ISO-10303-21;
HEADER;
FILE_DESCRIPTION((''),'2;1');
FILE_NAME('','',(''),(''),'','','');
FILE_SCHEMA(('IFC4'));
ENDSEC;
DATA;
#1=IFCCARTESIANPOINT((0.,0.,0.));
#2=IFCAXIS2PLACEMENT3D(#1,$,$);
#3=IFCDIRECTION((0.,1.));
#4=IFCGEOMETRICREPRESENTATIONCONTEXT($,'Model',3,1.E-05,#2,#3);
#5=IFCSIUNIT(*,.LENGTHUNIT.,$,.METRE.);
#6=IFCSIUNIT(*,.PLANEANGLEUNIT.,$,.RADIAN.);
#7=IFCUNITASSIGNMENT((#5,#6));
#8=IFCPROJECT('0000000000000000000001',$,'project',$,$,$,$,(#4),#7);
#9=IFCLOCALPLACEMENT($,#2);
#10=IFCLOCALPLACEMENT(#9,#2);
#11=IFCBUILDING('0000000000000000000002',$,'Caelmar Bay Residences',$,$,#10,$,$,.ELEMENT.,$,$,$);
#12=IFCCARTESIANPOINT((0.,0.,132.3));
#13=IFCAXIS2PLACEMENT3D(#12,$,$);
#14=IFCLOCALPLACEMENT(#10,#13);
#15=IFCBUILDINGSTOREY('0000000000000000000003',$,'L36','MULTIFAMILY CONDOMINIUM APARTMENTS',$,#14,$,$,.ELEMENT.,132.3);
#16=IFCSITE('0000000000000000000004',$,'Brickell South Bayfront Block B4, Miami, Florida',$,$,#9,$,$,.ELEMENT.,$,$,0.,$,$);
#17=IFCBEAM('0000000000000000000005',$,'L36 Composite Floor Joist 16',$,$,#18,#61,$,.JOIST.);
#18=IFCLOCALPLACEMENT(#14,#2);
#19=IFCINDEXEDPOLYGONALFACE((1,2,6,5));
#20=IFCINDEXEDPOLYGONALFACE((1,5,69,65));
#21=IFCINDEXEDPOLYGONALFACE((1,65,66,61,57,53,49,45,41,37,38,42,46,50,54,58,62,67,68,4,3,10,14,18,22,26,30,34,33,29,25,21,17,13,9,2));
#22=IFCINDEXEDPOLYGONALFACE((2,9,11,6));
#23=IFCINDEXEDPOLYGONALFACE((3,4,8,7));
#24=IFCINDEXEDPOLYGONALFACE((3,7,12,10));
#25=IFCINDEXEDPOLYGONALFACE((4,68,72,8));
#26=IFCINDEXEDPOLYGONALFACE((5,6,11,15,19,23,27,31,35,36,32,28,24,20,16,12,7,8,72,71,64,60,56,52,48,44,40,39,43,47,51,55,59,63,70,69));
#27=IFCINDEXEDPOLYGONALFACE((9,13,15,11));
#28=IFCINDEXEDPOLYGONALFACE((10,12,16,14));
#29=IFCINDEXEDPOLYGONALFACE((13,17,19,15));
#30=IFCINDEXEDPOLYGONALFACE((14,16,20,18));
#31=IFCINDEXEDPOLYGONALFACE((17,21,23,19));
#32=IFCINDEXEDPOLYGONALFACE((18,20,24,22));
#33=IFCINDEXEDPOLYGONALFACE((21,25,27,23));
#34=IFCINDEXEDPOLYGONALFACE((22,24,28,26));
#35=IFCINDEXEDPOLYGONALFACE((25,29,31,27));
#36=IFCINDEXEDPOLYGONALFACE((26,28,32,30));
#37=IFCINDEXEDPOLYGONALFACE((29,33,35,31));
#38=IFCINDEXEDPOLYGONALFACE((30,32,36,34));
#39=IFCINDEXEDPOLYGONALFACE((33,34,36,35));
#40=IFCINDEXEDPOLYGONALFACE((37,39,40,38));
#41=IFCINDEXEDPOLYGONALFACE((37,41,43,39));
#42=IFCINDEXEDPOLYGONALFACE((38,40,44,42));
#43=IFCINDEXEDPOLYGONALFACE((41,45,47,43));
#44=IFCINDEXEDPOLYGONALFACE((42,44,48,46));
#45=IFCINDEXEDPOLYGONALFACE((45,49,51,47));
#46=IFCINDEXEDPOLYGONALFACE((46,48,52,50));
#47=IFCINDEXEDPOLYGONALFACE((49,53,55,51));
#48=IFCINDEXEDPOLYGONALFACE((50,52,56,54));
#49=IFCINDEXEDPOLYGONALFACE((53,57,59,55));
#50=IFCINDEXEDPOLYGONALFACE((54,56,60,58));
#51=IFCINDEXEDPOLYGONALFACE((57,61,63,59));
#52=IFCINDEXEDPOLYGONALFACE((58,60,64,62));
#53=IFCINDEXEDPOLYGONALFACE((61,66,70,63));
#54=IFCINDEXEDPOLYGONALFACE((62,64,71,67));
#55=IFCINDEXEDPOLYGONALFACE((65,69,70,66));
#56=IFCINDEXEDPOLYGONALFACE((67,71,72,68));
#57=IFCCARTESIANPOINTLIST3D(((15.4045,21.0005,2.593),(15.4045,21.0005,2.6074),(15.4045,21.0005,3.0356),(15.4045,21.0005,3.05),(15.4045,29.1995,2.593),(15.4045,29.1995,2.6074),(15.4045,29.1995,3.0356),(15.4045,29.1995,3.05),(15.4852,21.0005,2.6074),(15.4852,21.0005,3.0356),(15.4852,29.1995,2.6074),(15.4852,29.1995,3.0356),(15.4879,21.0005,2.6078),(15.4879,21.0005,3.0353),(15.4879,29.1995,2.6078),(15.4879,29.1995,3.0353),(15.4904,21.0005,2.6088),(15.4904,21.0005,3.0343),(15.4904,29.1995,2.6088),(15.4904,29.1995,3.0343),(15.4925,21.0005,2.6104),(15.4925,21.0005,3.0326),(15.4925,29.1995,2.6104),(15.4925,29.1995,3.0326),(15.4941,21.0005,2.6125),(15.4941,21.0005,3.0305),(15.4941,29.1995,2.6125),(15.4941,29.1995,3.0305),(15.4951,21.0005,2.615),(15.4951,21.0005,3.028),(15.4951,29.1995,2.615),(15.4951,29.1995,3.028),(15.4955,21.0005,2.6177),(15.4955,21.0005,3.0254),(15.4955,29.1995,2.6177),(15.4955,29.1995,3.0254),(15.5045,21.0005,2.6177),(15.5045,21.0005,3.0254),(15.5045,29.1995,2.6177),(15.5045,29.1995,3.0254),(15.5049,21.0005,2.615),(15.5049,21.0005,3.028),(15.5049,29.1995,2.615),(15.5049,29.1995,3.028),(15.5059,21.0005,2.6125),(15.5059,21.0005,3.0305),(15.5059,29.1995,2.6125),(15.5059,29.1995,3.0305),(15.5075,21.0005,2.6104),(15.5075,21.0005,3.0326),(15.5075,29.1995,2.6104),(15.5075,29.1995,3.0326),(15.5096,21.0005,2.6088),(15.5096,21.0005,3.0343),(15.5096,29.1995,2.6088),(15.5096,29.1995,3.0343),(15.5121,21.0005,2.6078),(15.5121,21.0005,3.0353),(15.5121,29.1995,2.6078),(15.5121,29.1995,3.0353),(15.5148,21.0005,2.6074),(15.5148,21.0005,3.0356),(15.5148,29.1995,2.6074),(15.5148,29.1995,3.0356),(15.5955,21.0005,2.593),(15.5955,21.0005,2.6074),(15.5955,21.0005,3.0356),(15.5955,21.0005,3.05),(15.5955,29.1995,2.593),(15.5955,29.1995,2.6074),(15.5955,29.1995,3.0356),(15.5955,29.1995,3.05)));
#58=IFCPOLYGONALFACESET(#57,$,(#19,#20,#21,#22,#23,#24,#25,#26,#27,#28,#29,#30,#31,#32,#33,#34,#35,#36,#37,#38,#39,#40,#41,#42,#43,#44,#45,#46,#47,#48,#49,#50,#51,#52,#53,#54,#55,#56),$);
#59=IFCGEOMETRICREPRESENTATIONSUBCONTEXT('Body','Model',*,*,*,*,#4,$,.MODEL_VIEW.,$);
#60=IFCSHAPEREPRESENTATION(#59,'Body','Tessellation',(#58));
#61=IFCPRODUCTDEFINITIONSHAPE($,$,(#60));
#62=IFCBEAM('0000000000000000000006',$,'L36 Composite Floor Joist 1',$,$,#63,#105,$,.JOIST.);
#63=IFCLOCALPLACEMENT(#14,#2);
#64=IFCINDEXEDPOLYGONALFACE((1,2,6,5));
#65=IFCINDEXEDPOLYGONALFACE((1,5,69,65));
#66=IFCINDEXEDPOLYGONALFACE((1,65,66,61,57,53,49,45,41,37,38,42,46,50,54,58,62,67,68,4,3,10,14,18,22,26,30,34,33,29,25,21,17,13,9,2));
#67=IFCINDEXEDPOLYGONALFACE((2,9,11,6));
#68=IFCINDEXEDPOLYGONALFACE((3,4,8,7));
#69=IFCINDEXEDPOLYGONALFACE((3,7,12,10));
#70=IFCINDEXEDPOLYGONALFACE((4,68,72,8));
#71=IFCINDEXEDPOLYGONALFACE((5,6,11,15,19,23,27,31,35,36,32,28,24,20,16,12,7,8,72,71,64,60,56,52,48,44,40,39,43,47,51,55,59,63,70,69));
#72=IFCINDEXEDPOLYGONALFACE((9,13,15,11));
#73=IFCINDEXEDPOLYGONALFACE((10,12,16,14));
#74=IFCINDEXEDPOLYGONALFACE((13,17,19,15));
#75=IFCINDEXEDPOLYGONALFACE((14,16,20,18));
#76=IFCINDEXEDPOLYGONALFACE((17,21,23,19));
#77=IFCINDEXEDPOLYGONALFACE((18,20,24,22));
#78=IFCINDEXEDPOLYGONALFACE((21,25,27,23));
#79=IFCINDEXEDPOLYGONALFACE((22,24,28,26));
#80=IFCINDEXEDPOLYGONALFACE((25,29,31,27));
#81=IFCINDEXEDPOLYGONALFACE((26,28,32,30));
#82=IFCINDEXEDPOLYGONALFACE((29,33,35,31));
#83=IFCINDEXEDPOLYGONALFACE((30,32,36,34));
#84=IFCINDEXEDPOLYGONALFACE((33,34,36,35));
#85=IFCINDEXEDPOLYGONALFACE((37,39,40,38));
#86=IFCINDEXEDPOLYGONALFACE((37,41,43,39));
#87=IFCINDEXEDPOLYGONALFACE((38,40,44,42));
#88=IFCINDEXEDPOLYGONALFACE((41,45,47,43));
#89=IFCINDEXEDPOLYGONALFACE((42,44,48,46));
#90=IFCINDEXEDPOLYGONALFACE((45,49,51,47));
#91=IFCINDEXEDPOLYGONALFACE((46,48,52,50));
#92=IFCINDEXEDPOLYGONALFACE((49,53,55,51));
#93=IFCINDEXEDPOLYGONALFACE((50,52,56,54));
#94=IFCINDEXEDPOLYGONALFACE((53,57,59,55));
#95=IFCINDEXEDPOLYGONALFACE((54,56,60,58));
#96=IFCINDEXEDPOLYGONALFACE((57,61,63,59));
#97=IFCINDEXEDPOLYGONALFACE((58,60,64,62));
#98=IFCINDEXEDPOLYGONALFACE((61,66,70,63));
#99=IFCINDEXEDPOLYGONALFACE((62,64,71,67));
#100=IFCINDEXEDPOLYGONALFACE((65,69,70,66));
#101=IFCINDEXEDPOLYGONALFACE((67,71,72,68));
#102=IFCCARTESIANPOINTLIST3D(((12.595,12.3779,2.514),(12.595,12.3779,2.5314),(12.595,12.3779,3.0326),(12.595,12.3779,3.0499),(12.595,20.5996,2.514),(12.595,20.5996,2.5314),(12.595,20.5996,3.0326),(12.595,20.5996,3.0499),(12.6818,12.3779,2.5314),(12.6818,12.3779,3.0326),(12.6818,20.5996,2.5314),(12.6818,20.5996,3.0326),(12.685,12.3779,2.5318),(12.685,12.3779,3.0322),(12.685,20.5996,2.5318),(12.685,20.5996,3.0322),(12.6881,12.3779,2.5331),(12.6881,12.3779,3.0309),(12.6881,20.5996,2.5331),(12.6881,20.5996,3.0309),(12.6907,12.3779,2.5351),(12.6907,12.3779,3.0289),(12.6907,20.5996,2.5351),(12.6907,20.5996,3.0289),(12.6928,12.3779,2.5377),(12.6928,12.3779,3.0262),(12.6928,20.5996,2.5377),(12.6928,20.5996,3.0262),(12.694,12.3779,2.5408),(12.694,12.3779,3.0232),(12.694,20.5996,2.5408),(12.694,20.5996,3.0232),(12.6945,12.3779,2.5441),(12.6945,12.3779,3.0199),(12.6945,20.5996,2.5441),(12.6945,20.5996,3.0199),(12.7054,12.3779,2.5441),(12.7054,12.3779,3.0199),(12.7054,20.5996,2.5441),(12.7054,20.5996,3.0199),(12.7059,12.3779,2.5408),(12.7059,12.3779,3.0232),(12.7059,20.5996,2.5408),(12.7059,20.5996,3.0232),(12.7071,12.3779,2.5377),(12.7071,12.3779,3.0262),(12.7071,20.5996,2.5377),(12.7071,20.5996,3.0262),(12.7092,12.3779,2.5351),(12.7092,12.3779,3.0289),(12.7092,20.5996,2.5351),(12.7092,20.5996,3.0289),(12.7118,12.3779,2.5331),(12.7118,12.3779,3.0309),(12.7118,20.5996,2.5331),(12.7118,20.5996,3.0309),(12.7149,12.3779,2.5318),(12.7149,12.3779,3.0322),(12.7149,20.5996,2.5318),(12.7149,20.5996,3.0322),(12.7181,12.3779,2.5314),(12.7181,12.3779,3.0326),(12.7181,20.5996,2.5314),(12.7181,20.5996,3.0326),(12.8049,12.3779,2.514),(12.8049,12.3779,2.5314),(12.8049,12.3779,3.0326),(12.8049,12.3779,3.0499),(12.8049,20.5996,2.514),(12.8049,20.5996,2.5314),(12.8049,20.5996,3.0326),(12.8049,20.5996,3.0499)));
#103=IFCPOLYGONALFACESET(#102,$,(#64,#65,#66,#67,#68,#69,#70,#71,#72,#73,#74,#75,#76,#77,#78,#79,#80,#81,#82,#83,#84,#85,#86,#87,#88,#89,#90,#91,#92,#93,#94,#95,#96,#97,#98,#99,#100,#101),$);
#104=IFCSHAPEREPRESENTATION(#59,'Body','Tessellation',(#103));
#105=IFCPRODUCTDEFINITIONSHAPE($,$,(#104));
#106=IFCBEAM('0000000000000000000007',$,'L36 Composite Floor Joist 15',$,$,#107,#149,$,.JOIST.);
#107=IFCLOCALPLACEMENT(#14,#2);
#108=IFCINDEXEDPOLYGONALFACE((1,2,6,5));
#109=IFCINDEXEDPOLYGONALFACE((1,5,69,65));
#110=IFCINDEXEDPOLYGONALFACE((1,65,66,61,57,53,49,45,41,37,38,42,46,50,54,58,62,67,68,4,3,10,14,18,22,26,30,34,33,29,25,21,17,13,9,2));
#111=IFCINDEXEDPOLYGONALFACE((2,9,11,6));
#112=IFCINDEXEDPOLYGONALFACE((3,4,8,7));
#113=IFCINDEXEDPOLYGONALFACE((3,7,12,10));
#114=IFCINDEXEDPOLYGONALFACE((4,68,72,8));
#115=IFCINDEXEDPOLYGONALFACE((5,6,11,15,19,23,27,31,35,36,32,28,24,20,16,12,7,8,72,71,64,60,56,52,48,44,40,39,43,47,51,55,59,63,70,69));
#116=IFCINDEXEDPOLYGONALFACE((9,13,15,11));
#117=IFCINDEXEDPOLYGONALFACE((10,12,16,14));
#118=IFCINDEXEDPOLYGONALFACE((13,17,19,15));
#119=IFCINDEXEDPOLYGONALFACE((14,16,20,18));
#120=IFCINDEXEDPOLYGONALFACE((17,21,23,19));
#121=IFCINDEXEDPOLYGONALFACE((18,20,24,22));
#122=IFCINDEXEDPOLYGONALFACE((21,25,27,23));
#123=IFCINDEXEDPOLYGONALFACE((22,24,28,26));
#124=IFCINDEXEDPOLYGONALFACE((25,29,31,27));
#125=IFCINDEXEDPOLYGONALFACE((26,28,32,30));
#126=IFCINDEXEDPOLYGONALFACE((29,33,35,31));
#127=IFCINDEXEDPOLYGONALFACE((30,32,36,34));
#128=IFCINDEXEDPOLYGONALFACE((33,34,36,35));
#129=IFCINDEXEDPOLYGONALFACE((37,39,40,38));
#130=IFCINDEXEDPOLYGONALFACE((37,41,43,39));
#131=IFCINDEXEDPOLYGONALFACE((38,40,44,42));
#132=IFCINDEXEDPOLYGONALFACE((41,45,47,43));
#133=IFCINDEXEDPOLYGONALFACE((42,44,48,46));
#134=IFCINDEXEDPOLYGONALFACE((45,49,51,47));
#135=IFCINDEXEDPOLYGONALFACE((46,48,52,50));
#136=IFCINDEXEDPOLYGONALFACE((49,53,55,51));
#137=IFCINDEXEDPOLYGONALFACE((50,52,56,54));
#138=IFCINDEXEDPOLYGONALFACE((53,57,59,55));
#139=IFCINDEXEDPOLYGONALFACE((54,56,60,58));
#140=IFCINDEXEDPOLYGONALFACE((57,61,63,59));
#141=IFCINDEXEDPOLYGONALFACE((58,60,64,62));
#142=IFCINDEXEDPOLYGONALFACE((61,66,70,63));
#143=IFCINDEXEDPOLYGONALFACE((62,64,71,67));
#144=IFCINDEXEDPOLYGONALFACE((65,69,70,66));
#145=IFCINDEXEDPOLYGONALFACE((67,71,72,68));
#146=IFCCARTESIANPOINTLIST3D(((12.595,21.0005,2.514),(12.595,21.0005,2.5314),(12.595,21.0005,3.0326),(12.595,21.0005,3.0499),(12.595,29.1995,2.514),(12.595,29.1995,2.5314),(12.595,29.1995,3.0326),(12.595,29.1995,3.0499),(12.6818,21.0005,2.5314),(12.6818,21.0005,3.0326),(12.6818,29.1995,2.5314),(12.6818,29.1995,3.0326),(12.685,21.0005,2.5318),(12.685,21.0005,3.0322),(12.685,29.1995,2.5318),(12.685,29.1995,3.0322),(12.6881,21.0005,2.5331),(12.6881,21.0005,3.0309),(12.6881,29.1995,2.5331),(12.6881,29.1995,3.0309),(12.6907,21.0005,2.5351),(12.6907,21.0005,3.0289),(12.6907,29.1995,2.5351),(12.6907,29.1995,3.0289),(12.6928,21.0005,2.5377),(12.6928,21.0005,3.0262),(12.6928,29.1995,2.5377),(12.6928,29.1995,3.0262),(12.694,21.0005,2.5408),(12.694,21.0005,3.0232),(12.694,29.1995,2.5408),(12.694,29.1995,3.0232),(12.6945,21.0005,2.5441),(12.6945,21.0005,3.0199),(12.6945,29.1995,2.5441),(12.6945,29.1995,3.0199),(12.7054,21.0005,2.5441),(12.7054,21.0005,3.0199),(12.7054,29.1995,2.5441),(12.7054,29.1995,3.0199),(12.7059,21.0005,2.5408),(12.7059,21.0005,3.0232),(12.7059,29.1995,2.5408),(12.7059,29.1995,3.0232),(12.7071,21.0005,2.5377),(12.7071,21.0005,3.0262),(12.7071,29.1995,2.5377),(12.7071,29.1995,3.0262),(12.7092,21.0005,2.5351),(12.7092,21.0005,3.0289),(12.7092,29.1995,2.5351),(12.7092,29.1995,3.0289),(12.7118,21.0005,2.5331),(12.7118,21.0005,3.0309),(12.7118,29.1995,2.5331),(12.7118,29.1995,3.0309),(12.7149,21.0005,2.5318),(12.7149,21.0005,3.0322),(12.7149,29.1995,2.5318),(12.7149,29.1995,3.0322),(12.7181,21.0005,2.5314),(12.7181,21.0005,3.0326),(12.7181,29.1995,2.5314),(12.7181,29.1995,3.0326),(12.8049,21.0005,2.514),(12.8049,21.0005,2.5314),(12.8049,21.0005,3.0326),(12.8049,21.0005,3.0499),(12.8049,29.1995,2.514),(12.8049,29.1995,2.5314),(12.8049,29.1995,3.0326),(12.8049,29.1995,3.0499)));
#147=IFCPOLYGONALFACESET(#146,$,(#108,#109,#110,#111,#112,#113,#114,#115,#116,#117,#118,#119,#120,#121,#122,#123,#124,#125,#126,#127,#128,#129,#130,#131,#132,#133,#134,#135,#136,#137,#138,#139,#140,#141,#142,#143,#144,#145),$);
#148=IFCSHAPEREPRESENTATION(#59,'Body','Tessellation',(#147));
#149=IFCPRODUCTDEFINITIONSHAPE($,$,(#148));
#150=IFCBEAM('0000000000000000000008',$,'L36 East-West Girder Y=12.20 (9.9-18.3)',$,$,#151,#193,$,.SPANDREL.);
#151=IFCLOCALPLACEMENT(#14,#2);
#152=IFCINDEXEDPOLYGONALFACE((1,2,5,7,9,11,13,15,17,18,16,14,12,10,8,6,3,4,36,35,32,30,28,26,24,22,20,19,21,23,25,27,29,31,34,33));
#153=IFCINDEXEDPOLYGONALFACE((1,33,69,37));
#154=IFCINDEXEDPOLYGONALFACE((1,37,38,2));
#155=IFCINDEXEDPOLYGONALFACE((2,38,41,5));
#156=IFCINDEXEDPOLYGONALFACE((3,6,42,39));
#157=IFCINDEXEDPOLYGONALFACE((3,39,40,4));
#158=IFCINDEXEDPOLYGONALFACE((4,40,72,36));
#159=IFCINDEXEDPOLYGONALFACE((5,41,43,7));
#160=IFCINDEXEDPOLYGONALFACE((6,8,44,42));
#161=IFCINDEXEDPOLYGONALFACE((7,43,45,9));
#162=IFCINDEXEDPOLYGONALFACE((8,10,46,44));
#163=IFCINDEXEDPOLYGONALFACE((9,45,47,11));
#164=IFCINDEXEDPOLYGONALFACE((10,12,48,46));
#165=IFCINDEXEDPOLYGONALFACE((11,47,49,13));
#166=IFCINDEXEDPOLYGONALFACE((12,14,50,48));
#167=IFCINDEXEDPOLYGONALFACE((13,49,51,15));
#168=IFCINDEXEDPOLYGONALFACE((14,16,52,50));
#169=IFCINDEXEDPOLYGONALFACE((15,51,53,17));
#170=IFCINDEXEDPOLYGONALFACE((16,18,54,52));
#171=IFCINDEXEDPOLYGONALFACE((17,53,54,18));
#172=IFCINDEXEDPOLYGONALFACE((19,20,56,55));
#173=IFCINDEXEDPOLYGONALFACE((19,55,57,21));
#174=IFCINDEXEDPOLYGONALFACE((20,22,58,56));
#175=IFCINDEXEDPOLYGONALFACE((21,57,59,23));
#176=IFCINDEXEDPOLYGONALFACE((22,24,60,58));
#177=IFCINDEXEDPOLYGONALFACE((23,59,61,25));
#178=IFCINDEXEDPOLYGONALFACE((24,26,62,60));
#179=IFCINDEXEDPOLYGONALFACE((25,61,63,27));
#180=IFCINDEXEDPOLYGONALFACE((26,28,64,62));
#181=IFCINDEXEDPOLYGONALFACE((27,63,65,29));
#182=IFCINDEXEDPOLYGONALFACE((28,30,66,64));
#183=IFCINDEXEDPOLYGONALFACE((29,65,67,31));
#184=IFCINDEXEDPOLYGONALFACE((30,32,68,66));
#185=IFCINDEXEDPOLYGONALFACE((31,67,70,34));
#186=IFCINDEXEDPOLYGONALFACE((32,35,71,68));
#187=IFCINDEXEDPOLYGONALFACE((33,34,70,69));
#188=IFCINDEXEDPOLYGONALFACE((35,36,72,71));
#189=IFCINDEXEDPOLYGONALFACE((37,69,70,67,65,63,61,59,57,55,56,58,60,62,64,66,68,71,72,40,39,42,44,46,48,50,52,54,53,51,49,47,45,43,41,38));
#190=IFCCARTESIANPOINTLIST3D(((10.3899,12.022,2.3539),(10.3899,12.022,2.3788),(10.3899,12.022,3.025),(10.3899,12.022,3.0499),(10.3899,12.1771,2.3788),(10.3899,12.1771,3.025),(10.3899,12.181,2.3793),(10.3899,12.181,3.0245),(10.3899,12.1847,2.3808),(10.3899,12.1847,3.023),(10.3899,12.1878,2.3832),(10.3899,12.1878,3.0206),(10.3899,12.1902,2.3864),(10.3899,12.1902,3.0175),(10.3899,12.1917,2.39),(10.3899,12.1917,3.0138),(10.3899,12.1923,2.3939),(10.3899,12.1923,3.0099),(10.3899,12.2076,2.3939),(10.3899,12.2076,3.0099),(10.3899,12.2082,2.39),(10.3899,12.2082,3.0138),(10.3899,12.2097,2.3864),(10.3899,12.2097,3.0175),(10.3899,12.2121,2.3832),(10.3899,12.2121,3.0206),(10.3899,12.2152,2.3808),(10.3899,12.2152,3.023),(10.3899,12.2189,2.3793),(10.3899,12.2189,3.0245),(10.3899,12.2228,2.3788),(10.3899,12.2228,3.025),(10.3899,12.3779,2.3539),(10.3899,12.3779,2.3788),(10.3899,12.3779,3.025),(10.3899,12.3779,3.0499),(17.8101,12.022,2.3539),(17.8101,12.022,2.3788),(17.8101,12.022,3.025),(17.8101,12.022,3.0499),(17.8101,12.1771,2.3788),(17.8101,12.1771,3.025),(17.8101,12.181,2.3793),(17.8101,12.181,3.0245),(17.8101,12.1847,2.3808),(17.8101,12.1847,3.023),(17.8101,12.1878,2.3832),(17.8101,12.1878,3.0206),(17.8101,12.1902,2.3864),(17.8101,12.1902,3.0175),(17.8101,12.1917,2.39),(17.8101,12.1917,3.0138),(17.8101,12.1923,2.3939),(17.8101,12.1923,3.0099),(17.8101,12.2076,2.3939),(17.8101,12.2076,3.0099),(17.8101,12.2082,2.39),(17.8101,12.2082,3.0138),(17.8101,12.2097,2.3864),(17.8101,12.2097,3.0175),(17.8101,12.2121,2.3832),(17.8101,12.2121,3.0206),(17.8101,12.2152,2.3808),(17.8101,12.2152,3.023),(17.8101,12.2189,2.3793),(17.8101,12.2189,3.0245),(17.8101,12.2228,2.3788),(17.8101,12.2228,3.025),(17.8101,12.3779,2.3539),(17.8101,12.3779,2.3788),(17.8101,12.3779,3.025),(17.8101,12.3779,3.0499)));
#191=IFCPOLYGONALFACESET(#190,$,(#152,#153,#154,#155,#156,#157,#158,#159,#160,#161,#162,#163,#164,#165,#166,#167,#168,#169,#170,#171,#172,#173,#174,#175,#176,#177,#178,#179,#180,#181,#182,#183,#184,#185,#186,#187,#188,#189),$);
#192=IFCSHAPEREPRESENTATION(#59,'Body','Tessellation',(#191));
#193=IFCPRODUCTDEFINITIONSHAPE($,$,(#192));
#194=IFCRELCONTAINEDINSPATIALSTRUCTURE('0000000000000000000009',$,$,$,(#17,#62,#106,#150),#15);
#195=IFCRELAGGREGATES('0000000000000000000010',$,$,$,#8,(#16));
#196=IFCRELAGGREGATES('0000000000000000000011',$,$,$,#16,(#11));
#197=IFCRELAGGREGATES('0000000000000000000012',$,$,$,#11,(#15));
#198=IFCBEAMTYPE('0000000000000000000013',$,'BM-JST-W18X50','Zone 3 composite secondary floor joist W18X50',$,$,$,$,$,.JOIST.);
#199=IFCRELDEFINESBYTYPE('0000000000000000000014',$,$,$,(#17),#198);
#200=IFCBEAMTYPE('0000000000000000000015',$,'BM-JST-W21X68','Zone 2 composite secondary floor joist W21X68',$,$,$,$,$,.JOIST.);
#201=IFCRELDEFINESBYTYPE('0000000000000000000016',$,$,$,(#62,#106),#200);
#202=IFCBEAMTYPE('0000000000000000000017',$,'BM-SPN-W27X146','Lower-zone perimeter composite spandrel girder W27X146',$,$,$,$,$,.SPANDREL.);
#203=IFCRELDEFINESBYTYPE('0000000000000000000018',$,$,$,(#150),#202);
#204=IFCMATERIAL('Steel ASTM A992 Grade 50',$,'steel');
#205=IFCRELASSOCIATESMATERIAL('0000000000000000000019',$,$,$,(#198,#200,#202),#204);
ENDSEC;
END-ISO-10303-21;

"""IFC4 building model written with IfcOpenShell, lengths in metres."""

from ifc_helpers import new_model, si_unit, direction, frame, origin, origin_2d, place, context, subcontext, project, spatial, i_section, extrude, material, material_profile, profile_set, type_object, element, save


model = new_model("IFC4")

# Units and contexts
model_context = context("Model", 3, precision=1e-05, world=origin(), true_north=direction((0.0, 1.0)))
body_context = subcontext(model_context, "Body", "Model", "MODEL_VIEW")
ifc_project = project(units=[si_unit("LENGTHUNIT", "METRE"), si_unit("PLANEANGLEUNIT", "RADIAN")], contexts=[model_context])

# Site, building, storey
site_placement = place(None, origin())
site = spatial("IfcSite", under=ifc_project, at=site_placement, Name="Brickell South Bayfront Block B4, Miami, Florida", CompositionType="ELEMENT", RefElevation=0.0)
building_placement = place(site_placement, origin())
building = spatial("IfcBuilding", under=site, at=building_placement, Name="Caelmar Bay Residences", CompositionType="ELEMENT")
storey_placement = place(building_placement, frame((0.0, 0.0, 132.3)))
storey = spatial("IfcBuildingStorey", under=building, at=storey_placement, Name="L36", Description="MULTIFAMILY CONDOMINIUM APARTMENTS", CompositionType="ELEMENT", Elevation=132.3)

# Beams
ifc_material_1 = material(Name="Steel ASTM A992 Grade 50", Category="steel")
ifc_material_profile_1 = material_profile(ifc_material_1, i_section(OverallWidth=0.1909, OverallDepth=0.457, WebThickness=0.009, FlangeThickness=0.0144, FilletRadius=0.0103, at=origin_2d()), Name="W18X50")
ifc_profile_set_1 = profile_set([ifc_material_profile_1], Name="Steel ASTM A992 Grade 50")
beam_type_1 = type_object("IfcBeamType", Name="BM-JST-W18X50", Description="Zone 3 composite secondary floor joist W18X50", PredefinedType="JOIST", material=ifc_profile_set_1)
beam_1_placement = place(storey_placement, frame((15.5, 21.0005, 2.8215), z_axis=(0.0, 1.0, 0.0), x_axis=(-1.0, 0.0, 0.0)))
element("IfcBeam", 1, at=beam_1_placement, inside=storey, type_object=beam_type_1, Name="L36 Composite Floor Joist 16", PredefinedType="JOIST", context=body_context, shape_type="SweptSolid", body=[
    extrude(i_section(OverallWidth=0.1909, OverallDepth=0.457, WebThickness=0.009, FlangeThickness=0.0144, FilletRadius=0.0103, at=origin_2d()), origin(), (0.0, 0.0, 1.0), 8.199),
])
ifc_material_profile_2 = material_profile(ifc_material_1, i_section(OverallWidth=0.21, OverallDepth=0.5359, WebThickness=0.011, FlangeThickness=0.0173, FilletRadius=0.0127, at=origin_2d()), Name="W21X68")
ifc_profile_set_2 = profile_set([ifc_material_profile_2], Name="Steel ASTM A992 Grade 50")
beam_type_2 = type_object("IfcBeamType", Name="BM-JST-W21X68", Description="Zone 2 composite secondary floor joist W21X68", PredefinedType="JOIST", material=ifc_profile_set_2)
beam_2_placement = place(storey_placement, frame((12.7, 12.3779, 2.782), z_axis=(0.0, 1.0, 0.0), x_axis=(-1.0, 0.0, 0.0)))
element("IfcBeam", 2, at=beam_2_placement, inside=storey, type_object=beam_type_2, Name="L36 Composite Floor Joist 1", PredefinedType="JOIST", context=body_context, shape_type="SweptSolid", body=[
    extrude(i_section(OverallWidth=0.21, OverallDepth=0.5359, WebThickness=0.011, FlangeThickness=0.0173, FilletRadius=0.0127, at=origin_2d()), origin(), (0.0, 0.0, 1.0), 8.2217),
])
beam_3_placement = place(storey_placement, frame((12.7, 21.0005, 2.782), z_axis=(0.0, 1.0, 0.0), x_axis=(-1.0, 0.0, 0.0)))
element("IfcBeam", 3, at=beam_3_placement, inside=storey, type_object=beam_type_2, Name="L36 Composite Floor Joist 15", PredefinedType="JOIST", context=body_context, shape_type="SweptSolid", body=[
    extrude(i_section(OverallWidth=0.21, OverallDepth=0.5359, WebThickness=0.011, FlangeThickness=0.0173, FilletRadius=0.0127, at=origin_2d()), origin(), (0.0, 0.0, 1.0), 8.199),
])
ifc_material_profile_3 = material_profile(ifc_material_1, i_section(OverallWidth=0.356, OverallDepth=0.696, WebThickness=0.0154, FlangeThickness=0.0249, FilletRadius=0.0151, at=origin_2d()), Name="W27X146")
ifc_profile_set_3 = profile_set([ifc_material_profile_3], Name="Steel ASTM A992 Grade 50")
beam_type_3 = type_object("IfcBeamType", Name="BM-SPN-W27X146", Description="Lower-zone perimeter composite spandrel girder W27X146", PredefinedType="SPANDREL", material=ifc_profile_set_3)
beam_4_placement = place(storey_placement, frame((10.3899, 12.2, 2.7019), z_axis=(1.0, 0.0, 0.0), x_axis=(0.0, 1.0, 0.0)))
element("IfcBeam", 4, at=beam_4_placement, inside=storey, type_object=beam_type_3, Name="L36 East-West Girder Y=12.20 (9.9-18.3)", PredefinedType="SPANDREL", context=body_context, shape_type="SweptSolid", body=[
    extrude(i_section(OverallWidth=0.356, OverallDepth=0.696, WebThickness=0.0154, FlangeThickness=0.0249, FilletRadius=0.0151, at=origin_2d()), origin(), (0.0, 0.0, 1.0), 7.4202),
])

save(model, "model.ifc")
